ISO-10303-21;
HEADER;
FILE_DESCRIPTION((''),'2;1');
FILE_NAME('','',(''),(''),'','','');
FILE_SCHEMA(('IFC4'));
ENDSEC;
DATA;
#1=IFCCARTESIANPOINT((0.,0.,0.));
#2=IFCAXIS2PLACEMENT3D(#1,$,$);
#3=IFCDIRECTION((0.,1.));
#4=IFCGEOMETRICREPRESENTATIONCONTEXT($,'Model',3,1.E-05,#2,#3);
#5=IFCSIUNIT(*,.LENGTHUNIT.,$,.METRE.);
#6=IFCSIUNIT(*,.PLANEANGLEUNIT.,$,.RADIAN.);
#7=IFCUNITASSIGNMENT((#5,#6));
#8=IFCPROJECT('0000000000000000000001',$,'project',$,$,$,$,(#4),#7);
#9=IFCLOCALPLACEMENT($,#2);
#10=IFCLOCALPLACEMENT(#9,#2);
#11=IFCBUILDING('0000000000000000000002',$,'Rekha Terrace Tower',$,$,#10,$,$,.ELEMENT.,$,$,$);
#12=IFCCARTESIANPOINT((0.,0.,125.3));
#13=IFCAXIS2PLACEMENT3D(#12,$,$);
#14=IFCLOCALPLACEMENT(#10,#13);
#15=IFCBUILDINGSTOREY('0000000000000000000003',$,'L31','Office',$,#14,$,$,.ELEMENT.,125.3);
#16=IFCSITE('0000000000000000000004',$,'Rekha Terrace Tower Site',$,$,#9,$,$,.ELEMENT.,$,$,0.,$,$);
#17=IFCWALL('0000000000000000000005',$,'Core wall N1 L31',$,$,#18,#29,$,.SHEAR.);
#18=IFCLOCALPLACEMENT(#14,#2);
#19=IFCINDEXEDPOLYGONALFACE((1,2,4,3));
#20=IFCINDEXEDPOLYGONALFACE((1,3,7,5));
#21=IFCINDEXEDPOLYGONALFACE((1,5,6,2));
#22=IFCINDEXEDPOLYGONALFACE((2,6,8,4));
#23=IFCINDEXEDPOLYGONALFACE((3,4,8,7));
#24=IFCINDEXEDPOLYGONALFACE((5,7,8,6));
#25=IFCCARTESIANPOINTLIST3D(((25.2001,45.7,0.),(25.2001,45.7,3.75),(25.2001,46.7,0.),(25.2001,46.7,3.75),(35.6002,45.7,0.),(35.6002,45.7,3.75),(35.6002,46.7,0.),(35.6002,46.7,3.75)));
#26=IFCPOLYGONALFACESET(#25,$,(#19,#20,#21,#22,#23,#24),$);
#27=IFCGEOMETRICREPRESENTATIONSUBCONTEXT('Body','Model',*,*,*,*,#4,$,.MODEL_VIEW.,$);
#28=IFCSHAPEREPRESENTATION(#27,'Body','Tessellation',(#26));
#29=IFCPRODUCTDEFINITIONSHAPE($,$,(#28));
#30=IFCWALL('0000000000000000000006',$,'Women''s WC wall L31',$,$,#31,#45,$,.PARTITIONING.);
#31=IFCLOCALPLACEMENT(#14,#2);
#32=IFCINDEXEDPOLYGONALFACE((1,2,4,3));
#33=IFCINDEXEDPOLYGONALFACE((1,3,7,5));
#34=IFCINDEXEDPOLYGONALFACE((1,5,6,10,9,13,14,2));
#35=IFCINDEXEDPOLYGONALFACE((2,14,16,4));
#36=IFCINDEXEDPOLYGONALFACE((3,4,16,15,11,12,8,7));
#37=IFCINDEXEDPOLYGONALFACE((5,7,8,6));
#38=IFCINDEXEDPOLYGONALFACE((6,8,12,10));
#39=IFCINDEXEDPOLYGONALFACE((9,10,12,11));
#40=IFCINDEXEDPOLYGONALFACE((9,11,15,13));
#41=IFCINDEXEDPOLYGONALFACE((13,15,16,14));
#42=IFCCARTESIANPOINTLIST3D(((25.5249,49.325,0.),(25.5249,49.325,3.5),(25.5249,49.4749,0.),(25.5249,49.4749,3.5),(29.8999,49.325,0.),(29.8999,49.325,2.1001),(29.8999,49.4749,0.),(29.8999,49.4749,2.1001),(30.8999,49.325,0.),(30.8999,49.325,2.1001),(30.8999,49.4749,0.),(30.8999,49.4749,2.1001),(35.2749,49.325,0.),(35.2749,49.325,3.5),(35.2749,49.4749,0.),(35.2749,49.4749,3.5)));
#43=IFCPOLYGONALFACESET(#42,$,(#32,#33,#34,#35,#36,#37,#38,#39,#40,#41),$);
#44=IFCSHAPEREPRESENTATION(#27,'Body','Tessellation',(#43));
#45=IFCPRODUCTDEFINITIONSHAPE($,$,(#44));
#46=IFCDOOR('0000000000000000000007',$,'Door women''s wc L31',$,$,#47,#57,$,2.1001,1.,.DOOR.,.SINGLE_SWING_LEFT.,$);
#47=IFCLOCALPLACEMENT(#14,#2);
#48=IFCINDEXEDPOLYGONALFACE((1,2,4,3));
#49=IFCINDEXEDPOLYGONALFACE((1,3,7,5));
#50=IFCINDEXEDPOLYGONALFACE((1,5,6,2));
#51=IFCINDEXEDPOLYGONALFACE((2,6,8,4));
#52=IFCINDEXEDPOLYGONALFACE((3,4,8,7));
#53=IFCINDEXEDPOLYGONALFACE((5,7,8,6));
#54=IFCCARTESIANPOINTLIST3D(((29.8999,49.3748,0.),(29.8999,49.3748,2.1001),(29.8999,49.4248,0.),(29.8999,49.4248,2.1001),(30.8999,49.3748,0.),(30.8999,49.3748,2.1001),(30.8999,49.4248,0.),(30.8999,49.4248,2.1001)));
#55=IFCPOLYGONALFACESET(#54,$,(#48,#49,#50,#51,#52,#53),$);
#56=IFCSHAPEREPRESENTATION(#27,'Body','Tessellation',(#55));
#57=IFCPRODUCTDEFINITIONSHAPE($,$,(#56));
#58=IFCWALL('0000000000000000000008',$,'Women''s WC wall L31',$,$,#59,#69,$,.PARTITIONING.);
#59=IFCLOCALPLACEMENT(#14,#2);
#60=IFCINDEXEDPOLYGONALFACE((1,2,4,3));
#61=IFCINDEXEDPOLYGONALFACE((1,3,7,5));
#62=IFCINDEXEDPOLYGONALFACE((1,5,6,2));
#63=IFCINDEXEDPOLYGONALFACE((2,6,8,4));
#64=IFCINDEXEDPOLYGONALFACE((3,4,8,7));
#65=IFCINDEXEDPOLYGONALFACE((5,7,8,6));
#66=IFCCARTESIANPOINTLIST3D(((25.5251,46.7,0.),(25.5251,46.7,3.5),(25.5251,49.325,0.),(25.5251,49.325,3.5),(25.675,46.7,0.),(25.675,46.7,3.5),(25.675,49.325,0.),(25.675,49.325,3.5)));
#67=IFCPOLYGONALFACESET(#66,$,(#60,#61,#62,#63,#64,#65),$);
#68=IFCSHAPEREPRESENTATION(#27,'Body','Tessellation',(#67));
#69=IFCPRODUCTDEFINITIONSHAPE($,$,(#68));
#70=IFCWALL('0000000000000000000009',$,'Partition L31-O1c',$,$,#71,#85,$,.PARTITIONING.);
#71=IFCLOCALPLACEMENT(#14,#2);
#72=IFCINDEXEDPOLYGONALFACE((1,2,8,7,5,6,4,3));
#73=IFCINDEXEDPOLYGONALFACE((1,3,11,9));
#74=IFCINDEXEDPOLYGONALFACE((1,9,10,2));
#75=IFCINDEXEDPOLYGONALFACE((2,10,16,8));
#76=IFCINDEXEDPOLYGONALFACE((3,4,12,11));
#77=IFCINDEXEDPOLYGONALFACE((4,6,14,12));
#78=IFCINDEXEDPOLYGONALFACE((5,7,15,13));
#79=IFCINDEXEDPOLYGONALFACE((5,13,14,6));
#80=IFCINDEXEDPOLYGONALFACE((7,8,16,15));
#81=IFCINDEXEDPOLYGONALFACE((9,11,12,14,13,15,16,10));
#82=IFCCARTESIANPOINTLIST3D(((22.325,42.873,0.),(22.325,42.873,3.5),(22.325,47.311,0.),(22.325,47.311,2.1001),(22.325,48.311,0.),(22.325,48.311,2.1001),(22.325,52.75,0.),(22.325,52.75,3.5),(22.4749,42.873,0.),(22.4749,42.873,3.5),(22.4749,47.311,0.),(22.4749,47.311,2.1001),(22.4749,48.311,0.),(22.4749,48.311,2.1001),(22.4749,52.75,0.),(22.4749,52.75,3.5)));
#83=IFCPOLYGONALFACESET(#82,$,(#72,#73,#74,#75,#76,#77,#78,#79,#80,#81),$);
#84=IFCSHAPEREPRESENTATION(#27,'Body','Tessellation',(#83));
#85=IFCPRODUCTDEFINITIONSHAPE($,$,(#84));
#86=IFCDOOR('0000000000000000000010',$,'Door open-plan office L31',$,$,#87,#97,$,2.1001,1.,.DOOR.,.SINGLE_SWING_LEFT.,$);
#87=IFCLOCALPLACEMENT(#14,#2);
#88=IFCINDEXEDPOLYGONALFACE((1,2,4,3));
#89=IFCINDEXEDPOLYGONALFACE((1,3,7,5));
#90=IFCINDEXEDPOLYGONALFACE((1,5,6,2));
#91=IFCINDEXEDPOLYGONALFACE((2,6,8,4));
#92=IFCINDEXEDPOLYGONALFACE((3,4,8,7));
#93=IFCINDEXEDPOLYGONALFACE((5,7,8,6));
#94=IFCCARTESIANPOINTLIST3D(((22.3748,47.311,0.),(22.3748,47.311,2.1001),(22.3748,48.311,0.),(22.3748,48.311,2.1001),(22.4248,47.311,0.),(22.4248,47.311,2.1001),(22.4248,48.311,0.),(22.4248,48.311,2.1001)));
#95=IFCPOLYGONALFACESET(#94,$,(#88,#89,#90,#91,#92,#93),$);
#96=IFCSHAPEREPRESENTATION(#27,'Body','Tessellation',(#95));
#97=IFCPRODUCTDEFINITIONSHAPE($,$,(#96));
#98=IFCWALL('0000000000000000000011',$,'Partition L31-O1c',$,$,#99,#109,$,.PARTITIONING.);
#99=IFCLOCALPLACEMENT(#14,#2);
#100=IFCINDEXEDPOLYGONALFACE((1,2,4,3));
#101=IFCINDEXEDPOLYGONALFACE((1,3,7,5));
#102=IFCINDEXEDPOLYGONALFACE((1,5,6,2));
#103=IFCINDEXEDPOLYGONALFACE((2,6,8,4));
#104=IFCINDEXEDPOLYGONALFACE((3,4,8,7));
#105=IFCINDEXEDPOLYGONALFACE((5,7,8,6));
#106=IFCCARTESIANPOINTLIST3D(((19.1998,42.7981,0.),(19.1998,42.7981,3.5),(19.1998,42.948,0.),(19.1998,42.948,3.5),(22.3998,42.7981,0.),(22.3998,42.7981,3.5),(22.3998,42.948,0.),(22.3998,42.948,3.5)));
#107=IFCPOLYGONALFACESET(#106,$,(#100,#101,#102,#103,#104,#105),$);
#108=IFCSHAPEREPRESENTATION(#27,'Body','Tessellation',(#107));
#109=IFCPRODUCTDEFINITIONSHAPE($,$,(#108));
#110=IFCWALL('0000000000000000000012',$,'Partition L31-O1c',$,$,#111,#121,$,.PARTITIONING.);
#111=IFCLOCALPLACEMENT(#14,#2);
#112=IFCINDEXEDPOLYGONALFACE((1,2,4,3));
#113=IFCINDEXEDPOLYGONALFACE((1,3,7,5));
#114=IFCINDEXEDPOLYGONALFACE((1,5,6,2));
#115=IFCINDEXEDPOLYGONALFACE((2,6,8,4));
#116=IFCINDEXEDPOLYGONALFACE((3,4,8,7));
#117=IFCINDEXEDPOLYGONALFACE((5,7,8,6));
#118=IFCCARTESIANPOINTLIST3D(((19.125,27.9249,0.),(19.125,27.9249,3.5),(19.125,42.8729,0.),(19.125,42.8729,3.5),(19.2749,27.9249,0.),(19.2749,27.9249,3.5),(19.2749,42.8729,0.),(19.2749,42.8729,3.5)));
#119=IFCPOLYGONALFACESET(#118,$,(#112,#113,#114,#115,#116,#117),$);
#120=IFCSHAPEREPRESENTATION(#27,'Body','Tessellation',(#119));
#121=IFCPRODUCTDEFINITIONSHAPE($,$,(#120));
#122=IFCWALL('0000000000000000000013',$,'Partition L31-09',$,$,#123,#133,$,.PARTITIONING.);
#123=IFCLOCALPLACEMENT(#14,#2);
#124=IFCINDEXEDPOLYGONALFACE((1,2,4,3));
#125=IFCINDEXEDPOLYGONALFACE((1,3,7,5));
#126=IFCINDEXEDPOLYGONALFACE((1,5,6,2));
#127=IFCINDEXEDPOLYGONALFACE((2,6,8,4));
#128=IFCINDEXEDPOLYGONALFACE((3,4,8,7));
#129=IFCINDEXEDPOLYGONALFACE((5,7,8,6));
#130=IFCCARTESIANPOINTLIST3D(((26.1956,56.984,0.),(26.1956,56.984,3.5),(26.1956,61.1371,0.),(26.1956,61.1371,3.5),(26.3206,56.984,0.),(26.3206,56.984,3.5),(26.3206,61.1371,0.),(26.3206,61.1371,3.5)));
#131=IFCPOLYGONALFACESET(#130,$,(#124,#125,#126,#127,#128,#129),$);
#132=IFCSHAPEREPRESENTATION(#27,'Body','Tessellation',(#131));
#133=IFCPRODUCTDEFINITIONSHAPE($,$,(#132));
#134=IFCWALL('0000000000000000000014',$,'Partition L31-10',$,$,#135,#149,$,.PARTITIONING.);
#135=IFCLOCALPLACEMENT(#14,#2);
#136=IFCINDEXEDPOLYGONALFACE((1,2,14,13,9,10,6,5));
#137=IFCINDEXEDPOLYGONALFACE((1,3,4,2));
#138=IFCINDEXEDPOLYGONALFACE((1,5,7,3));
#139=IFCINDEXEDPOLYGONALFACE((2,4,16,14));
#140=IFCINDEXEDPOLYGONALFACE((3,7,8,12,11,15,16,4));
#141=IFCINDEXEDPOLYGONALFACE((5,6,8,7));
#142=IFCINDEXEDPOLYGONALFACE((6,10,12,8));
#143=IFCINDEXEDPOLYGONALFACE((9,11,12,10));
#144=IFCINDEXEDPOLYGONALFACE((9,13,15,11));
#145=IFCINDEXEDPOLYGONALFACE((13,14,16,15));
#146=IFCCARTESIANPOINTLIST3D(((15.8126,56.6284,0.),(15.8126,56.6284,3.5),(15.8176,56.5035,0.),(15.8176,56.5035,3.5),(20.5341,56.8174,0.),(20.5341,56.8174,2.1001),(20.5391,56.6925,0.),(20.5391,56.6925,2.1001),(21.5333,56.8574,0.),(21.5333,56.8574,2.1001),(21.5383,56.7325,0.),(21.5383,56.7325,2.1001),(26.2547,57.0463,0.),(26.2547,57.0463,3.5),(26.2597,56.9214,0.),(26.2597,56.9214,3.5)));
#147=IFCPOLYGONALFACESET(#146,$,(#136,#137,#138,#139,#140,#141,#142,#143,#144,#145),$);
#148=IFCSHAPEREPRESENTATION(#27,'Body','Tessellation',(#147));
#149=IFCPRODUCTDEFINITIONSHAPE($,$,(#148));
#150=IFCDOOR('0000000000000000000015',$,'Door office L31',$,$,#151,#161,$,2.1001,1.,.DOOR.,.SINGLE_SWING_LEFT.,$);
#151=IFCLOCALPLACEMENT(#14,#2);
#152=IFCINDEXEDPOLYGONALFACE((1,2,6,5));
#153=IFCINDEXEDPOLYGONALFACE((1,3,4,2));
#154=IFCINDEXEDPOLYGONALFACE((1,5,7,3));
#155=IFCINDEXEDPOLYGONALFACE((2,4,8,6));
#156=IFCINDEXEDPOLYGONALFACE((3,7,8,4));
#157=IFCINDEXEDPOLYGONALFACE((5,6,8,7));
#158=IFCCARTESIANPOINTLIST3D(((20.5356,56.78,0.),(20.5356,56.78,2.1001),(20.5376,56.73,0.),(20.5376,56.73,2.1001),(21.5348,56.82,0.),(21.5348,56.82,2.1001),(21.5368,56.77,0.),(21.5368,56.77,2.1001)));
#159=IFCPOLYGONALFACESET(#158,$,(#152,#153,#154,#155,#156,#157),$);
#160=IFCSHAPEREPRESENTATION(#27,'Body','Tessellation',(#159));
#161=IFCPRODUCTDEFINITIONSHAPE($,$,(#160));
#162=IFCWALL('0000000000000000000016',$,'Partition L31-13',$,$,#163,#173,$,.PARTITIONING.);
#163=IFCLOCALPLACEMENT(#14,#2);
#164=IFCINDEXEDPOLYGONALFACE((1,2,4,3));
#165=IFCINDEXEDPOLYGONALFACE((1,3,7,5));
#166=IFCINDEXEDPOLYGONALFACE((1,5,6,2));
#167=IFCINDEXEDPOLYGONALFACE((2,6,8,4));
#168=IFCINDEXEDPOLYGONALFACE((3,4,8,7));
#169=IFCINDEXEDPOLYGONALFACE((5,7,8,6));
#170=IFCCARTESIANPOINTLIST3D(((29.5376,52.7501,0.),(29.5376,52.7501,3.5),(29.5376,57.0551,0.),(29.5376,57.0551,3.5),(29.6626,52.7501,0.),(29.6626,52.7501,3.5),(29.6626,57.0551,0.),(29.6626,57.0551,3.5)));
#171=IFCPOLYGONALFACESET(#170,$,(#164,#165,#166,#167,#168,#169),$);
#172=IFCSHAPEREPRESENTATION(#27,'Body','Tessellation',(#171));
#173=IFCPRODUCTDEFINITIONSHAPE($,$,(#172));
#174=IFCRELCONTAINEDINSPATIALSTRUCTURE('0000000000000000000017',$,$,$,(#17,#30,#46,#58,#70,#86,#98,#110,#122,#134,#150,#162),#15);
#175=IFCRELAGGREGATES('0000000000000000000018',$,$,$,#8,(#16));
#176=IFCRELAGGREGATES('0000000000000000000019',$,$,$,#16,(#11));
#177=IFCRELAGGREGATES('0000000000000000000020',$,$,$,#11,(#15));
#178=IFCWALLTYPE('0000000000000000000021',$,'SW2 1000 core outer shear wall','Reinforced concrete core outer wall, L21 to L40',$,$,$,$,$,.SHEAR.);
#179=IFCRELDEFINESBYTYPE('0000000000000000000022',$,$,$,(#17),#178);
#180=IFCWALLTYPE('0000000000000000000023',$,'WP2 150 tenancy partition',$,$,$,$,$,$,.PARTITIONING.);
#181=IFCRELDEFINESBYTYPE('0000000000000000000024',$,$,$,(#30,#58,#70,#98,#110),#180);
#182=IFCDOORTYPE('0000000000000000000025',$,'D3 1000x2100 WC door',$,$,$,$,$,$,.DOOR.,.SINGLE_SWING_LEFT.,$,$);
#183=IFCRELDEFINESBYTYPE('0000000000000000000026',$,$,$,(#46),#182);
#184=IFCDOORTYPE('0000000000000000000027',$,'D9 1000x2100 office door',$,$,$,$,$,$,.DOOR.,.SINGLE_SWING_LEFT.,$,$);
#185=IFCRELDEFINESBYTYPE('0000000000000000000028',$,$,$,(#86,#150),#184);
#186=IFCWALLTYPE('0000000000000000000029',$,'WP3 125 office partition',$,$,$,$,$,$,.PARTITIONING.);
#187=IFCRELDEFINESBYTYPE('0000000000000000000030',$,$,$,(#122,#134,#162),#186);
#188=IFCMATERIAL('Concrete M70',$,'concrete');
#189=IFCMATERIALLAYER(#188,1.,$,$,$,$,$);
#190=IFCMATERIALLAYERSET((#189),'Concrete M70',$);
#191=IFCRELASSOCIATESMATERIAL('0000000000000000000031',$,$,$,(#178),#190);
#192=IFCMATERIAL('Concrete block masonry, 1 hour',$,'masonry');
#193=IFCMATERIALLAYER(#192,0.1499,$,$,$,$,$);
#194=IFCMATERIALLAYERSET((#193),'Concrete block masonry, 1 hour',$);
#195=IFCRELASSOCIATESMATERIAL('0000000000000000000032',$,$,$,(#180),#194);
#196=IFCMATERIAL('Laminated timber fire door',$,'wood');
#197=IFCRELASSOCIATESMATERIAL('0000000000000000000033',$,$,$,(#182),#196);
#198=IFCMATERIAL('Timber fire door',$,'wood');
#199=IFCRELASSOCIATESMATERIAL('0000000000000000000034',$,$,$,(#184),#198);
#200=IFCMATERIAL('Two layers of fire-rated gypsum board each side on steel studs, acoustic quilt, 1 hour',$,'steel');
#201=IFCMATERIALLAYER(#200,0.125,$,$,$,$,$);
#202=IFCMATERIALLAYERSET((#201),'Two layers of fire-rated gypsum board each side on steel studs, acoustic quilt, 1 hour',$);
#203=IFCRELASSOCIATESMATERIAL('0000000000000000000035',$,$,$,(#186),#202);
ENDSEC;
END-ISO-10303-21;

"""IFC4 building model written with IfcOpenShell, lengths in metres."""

from ifc_helpers import new_model, si_unit, direction, frame, frame_2d, origin, place, context, subcontext, project, spatial, rectangle, extrude, material, layer, layer_set, type_object, element, fill, save


model = new_model("IFC4")

# Units and contexts
model_context = context("Model", 3, precision=1e-05, world=origin(), true_north=direction((0.0, 1.0)))
body_context = subcontext(model_context, "Body", "Model", "MODEL_VIEW")
ifc_project = project(units=[si_unit("LENGTHUNIT", "METRE"), si_unit("PLANEANGLEUNIT", "RADIAN")], contexts=[model_context])

# Site, building, storey
site_placement = place(None, origin())
site = spatial("IfcSite", under=ifc_project, at=site_placement, Name="Rekha Terrace Tower Site", CompositionType="ELEMENT", RefElevation=0.0)
building_placement = place(site_placement, origin())
building = spatial("IfcBuilding", under=site, at=building_placement, Name="Rekha Terrace Tower", CompositionType="ELEMENT")
storey_placement = place(building_placement, frame((0.0, 0.0, 125.3)))
storey = spatial("IfcBuildingStorey", under=building, at=storey_placement, Name="L31", Description="Office", CompositionType="ELEMENT", Elevation=125.3)

# Shared definitions
ifc_material_1 = material(Name="Concrete M70", Category="concrete")

# Wall
ifc_layer_1 = layer(ifc_material_1, 1.0)
ifc_layer_set_1 = layer_set([ifc_layer_1], Name="Concrete M70")
wall_type_1 = type_object("IfcWallType", Name="SW2 1000 core outer shear wall", Description="Reinforced concrete core outer wall, L21 to L40", PredefinedType="SHEAR", material=ifc_layer_set_1)
wall_1_placement = place(storey_placement, frame((25.2, 46.2, 0.0), z_axis=(0.0, 0.0, 1.0), x_axis=(1.0, 0.0, 0.0)))
element("IfcWall", 1, at=wall_1_placement, inside=storey, type_object=wall_type_1, Name="Core wall N1 L31", PredefinedType="SHEAR", context=body_context, shape_type="SweptSolid", body=[
    extrude(rectangle(XDim=10.4001, YDim=1.0, at=frame_2d((5.2002, 0.0))), origin(), (0.0, 0.0, 1.0), 3.75),
])

# Wall, opening, door
ifc_material_2 = material(Name="Concrete block masonry, 1 hour", Category="masonry")
ifc_layer_2 = layer(ifc_material_2, 0.1499)
ifc_layer_set_2 = layer_set([ifc_layer_2], Name="Concrete block masonry, 1 hour")
wall_type_2 = type_object("IfcWallType", Name="WP2 150 tenancy partition", PredefinedType="PARTITIONING", material=ifc_layer_set_2)
wall_2_placement = place(storey_placement, frame((25.5249, 49.3999, 0.0), z_axis=(0.0, 0.0, 1.0), x_axis=(1.0, 0.0, 0.0)))
wall_2 = element("IfcWall", 2, at=wall_2_placement, inside=storey, type_object=wall_type_2, Name="Women's WC wall L31", PredefinedType="PARTITIONING", context=body_context, shape_type="SweptSolid", body=[
    extrude(rectangle(XDim=9.75, YDim=0.1499, at=frame_2d((4.875, 0.0))), origin(), (0.0, 0.0, 1.0), 3.5),
])
opening_1_placement = place(wall_2_placement, frame((4.375, 0.0, 0.0)))
opening_1 = element("IfcOpeningElement", 3, at=opening_1_placement, cuts=wall_2, PredefinedType="OPENING", context=body_context, shape_type="SweptSolid", body=[
    extrude(rectangle(XDim=1.0, YDim=2.1001, at=frame_2d((0.5, 1.05))), frame((0.0, 0.085, 0.0), z_axis=(0.0, -1.0, 0.0), x_axis=(1.0, 0.0, 0.0)), (0.0, 0.0, 1.0), 0.1699),
])
ifc_material_3 = material(Name="Laminated timber fire door", Category="wood")
door_type_1 = type_object("IfcDoorType", Name="D3 1000x2100 WC door", OperationType="SINGLE_SWING_LEFT", PredefinedType="DOOR", material=ifc_material_3)
door_1_placement = place(opening_1_placement, origin())
door_1 = element("IfcDoor", 4, at=door_1_placement, inside=storey, type_object=door_type_1, Name="Door women's wc L31", OperationType="SINGLE_SWING_LEFT", OverallHeight=2.1001, OverallWidth=1.0, PredefinedType="DOOR", context=body_context, shape_type="SweptSolid", body=[
    extrude(rectangle(XDim=1.0, YDim=2.1001, at=frame_2d((0.5, 1.05))), frame((0.0, 0.0249, 0.0), z_axis=(0.0, -1.0, 0.0), x_axis=(1.0, 0.0, 0.0)), (0.0, 0.0, 1.0), 0.05),
])
fill(opening_1, door_1)

# Wall
wall_3_placement = place(storey_placement, frame((25.6001, 46.7, 0.0), z_axis=(0.0, 0.0, 1.0), x_axis=(0.0, 1.0, 0.0)))
element("IfcWall", 5, at=wall_3_placement, inside=storey, type_object=wall_type_2, Name="Women's WC wall L31", PredefinedType="PARTITIONING", context=body_context, shape_type="SweptSolid", body=[
    extrude(rectangle(XDim=2.625, YDim=0.1499, at=frame_2d((1.3125, 0.0))), origin(), (0.0, 0.0, 1.0), 3.5),
])

# Wall, opening, door
wall_4_placement = place(storey_placement, frame((22.3999, 52.75, 0.0), z_axis=(0.0, 0.0, 1.0), x_axis=(0.0, -1.0, 0.0)))
wall_4 = element("IfcWall", 6, at=wall_4_placement, inside=storey, type_object=wall_type_2, Name="Partition L31-O1c", PredefinedType="PARTITIONING", context=body_context, shape_type="SweptSolid", body=[
    extrude(rectangle(XDim=9.877, YDim=0.1499, at=frame_2d((4.9385, 0.0))), origin(), (0.0, 0.0, 1.0), 3.5),
])
opening_2_placement = place(wall_4_placement, frame((4.439, 0.0, 0.0)))
opening_2 = element("IfcOpeningElement", 7, at=opening_2_placement, cuts=wall_4, PredefinedType="OPENING", context=body_context, shape_type="SweptSolid", body=[
    extrude(rectangle(XDim=1.0, YDim=2.1001, at=frame_2d((0.5, 1.05))), frame((0.0, 0.085, 0.0), z_axis=(0.0, -1.0, 0.0), x_axis=(1.0, 0.0, 0.0)), (0.0, 0.0, 1.0), 0.1699),
])
ifc_material_4 = material(Name="Timber fire door", Category="wood")
door_type_2 = type_object("IfcDoorType", Name="D9 1000x2100 office door", OperationType="SINGLE_SWING_LEFT", PredefinedType="DOOR", material=ifc_material_4)
door_2_placement = place(opening_2_placement, origin())
door_2 = element("IfcDoor", 8, at=door_2_placement, inside=storey, type_object=door_type_2, Name="Door open-plan office L31", OperationType="SINGLE_SWING_LEFT", OverallHeight=2.1001, OverallWidth=1.0, PredefinedType="DOOR", context=body_context, shape_type="SweptSolid", body=[
    extrude(rectangle(XDim=1.0, YDim=2.1001, at=frame_2d((0.5, 1.05))), frame((0.0, 0.0249, 0.0), z_axis=(0.0, -1.0, 0.0), x_axis=(1.0, 0.0, 0.0)), (0.0, 0.0, 1.0), 0.05),
])
fill(opening_2, door_2)

# Walls
wall_5_placement = place(storey_placement, frame((22.3999, 42.873, 0.0), z_axis=(0.0, 0.0, 1.0), x_axis=(-1.0, 0.0, 0.0)))
element("IfcWall", 9, at=wall_5_placement, inside=storey, type_object=wall_type_2, Name="Partition L31-O1c", PredefinedType="PARTITIONING", context=body_context, shape_type="SweptSolid", body=[
    extrude(rectangle(XDim=3.2, YDim=0.1499, at=frame_2d((1.6001, 0.0))), origin(), (0.0, 0.0, 1.0), 3.5),
])
wall_6_placement = place(storey_placement, frame((19.2, 42.873, 0.0), z_axis=(0.0, 0.0, 1.0), x_axis=(0.0, -1.0, 0.0)))
element("IfcWall", 10, at=wall_6_placement, inside=storey, type_object=wall_type_2, Name="Partition L31-O1c", PredefinedType="PARTITIONING", context=body_context, shape_type="SweptSolid", body=[
    extrude(rectangle(XDim=14.948, YDim=0.1499, at=frame_2d((7.4741, 0.0))), origin(), (0.0, 0.0, 1.0), 3.5),
])
ifc_material_5 = material(Name="Two layers of fire-rated gypsum board each side on steel studs, acoustic quilt, 1 hour", Category="steel")
ifc_layer_3 = layer(ifc_material_5, 0.125)
ifc_layer_set_3 = layer_set([ifc_layer_3], Name="Two layers of fire-rated gypsum board each side on steel studs, acoustic quilt, 1 hour")
wall_type_3 = type_object("IfcWallType", Name="WP3 125 office partition", PredefinedType="PARTITIONING", material=ifc_layer_set_3)
wall_7_placement = place(storey_placement, frame((26.2581, 56.9839, 0.0), z_axis=(0.0, 0.0, 1.0), x_axis=(0.0, 1.0, 0.0)))
element("IfcWall", 11, at=wall_7_placement, inside=storey, type_object=wall_type_3, Name="Partition L31-09", PredefinedType="PARTITIONING", context=body_context, shape_type="SweptSolid", body=[
    extrude(rectangle(XDim=4.1531, YDim=0.125, at=frame_2d((2.0767, 0.0))), origin(), (0.0, 0.0, 1.0), 3.5),
])

# Wall, opening, door
wall_8_placement = place(storey_placement, frame((26.2571, 56.9839, 0.0), z_axis=(0.0, 0.0, 1.0), x_axis=(-0.9992, -0.039995, 0.0)))
wall_8 = element("IfcWall", 12, at=wall_8_placement, inside=storey, type_object=wall_type_3, Name="Partition L31-10", PredefinedType="PARTITIONING", context=body_context, shape_type="SweptSolid", body=[
    extrude(rectangle(XDim=10.4504, YDim=0.125, at=frame_2d((5.2251, 0.0))), origin(), (0.0, 0.0, 1.0), 3.5),
])
opening_3_placement = place(wall_8_placement, frame((4.7251, 0.0, 0.0)))
opening_3 = element("IfcOpeningElement", 13, at=opening_3_placement, cuts=wall_8, PredefinedType="OPENING", context=body_context, shape_type="SweptSolid", body=[
    extrude(rectangle(XDim=1.0, YDim=2.1001, at=frame_2d((0.5, 1.05))), frame((0.0, 0.0725, 0.0), z_axis=(0.0, -1.0, 0.0), x_axis=(1.0, 0.0, 0.0)), (0.0, 0.0, 1.0), 0.145),
])
door_3_placement = place(opening_3_placement, origin())
door_3 = element("IfcDoor", 14, at=door_3_placement, inside=storey, type_object=door_type_2, Name="Door office L31", OperationType="SINGLE_SWING_LEFT", OverallHeight=2.1001, OverallWidth=1.0, PredefinedType="DOOR", context=body_context, shape_type="SweptSolid", body=[
    extrude(rectangle(XDim=1.0, YDim=2.1001, at=frame_2d((0.5, 1.05))), frame((0.0, 0.0249, 0.0), z_axis=(0.0, -1.0, 0.0), x_axis=(1.0, 0.0, 0.0)), (0.0, 0.0, 1.0), 0.05),
])
fill(opening_3, door_3)

# Wall
wall_9_placement = place(storey_placement, frame((29.6001, 57.0549, 0.0), z_axis=(0.0, 0.0, 1.0), x_axis=(0.0, -1.0, 0.0)))
element("IfcWall", 15, at=wall_9_placement, inside=storey, type_object=wall_type_3, Name="Partition L31-13", PredefinedType="PARTITIONING", context=body_context, shape_type="SweptSolid", body=[
    extrude(rectangle(XDim=4.3049, YDim=0.125, at=frame_2d((2.1523, 0.0))), origin(), (0.0, 0.0, 1.0), 3.5),
])

save(model, "model.ifc")
